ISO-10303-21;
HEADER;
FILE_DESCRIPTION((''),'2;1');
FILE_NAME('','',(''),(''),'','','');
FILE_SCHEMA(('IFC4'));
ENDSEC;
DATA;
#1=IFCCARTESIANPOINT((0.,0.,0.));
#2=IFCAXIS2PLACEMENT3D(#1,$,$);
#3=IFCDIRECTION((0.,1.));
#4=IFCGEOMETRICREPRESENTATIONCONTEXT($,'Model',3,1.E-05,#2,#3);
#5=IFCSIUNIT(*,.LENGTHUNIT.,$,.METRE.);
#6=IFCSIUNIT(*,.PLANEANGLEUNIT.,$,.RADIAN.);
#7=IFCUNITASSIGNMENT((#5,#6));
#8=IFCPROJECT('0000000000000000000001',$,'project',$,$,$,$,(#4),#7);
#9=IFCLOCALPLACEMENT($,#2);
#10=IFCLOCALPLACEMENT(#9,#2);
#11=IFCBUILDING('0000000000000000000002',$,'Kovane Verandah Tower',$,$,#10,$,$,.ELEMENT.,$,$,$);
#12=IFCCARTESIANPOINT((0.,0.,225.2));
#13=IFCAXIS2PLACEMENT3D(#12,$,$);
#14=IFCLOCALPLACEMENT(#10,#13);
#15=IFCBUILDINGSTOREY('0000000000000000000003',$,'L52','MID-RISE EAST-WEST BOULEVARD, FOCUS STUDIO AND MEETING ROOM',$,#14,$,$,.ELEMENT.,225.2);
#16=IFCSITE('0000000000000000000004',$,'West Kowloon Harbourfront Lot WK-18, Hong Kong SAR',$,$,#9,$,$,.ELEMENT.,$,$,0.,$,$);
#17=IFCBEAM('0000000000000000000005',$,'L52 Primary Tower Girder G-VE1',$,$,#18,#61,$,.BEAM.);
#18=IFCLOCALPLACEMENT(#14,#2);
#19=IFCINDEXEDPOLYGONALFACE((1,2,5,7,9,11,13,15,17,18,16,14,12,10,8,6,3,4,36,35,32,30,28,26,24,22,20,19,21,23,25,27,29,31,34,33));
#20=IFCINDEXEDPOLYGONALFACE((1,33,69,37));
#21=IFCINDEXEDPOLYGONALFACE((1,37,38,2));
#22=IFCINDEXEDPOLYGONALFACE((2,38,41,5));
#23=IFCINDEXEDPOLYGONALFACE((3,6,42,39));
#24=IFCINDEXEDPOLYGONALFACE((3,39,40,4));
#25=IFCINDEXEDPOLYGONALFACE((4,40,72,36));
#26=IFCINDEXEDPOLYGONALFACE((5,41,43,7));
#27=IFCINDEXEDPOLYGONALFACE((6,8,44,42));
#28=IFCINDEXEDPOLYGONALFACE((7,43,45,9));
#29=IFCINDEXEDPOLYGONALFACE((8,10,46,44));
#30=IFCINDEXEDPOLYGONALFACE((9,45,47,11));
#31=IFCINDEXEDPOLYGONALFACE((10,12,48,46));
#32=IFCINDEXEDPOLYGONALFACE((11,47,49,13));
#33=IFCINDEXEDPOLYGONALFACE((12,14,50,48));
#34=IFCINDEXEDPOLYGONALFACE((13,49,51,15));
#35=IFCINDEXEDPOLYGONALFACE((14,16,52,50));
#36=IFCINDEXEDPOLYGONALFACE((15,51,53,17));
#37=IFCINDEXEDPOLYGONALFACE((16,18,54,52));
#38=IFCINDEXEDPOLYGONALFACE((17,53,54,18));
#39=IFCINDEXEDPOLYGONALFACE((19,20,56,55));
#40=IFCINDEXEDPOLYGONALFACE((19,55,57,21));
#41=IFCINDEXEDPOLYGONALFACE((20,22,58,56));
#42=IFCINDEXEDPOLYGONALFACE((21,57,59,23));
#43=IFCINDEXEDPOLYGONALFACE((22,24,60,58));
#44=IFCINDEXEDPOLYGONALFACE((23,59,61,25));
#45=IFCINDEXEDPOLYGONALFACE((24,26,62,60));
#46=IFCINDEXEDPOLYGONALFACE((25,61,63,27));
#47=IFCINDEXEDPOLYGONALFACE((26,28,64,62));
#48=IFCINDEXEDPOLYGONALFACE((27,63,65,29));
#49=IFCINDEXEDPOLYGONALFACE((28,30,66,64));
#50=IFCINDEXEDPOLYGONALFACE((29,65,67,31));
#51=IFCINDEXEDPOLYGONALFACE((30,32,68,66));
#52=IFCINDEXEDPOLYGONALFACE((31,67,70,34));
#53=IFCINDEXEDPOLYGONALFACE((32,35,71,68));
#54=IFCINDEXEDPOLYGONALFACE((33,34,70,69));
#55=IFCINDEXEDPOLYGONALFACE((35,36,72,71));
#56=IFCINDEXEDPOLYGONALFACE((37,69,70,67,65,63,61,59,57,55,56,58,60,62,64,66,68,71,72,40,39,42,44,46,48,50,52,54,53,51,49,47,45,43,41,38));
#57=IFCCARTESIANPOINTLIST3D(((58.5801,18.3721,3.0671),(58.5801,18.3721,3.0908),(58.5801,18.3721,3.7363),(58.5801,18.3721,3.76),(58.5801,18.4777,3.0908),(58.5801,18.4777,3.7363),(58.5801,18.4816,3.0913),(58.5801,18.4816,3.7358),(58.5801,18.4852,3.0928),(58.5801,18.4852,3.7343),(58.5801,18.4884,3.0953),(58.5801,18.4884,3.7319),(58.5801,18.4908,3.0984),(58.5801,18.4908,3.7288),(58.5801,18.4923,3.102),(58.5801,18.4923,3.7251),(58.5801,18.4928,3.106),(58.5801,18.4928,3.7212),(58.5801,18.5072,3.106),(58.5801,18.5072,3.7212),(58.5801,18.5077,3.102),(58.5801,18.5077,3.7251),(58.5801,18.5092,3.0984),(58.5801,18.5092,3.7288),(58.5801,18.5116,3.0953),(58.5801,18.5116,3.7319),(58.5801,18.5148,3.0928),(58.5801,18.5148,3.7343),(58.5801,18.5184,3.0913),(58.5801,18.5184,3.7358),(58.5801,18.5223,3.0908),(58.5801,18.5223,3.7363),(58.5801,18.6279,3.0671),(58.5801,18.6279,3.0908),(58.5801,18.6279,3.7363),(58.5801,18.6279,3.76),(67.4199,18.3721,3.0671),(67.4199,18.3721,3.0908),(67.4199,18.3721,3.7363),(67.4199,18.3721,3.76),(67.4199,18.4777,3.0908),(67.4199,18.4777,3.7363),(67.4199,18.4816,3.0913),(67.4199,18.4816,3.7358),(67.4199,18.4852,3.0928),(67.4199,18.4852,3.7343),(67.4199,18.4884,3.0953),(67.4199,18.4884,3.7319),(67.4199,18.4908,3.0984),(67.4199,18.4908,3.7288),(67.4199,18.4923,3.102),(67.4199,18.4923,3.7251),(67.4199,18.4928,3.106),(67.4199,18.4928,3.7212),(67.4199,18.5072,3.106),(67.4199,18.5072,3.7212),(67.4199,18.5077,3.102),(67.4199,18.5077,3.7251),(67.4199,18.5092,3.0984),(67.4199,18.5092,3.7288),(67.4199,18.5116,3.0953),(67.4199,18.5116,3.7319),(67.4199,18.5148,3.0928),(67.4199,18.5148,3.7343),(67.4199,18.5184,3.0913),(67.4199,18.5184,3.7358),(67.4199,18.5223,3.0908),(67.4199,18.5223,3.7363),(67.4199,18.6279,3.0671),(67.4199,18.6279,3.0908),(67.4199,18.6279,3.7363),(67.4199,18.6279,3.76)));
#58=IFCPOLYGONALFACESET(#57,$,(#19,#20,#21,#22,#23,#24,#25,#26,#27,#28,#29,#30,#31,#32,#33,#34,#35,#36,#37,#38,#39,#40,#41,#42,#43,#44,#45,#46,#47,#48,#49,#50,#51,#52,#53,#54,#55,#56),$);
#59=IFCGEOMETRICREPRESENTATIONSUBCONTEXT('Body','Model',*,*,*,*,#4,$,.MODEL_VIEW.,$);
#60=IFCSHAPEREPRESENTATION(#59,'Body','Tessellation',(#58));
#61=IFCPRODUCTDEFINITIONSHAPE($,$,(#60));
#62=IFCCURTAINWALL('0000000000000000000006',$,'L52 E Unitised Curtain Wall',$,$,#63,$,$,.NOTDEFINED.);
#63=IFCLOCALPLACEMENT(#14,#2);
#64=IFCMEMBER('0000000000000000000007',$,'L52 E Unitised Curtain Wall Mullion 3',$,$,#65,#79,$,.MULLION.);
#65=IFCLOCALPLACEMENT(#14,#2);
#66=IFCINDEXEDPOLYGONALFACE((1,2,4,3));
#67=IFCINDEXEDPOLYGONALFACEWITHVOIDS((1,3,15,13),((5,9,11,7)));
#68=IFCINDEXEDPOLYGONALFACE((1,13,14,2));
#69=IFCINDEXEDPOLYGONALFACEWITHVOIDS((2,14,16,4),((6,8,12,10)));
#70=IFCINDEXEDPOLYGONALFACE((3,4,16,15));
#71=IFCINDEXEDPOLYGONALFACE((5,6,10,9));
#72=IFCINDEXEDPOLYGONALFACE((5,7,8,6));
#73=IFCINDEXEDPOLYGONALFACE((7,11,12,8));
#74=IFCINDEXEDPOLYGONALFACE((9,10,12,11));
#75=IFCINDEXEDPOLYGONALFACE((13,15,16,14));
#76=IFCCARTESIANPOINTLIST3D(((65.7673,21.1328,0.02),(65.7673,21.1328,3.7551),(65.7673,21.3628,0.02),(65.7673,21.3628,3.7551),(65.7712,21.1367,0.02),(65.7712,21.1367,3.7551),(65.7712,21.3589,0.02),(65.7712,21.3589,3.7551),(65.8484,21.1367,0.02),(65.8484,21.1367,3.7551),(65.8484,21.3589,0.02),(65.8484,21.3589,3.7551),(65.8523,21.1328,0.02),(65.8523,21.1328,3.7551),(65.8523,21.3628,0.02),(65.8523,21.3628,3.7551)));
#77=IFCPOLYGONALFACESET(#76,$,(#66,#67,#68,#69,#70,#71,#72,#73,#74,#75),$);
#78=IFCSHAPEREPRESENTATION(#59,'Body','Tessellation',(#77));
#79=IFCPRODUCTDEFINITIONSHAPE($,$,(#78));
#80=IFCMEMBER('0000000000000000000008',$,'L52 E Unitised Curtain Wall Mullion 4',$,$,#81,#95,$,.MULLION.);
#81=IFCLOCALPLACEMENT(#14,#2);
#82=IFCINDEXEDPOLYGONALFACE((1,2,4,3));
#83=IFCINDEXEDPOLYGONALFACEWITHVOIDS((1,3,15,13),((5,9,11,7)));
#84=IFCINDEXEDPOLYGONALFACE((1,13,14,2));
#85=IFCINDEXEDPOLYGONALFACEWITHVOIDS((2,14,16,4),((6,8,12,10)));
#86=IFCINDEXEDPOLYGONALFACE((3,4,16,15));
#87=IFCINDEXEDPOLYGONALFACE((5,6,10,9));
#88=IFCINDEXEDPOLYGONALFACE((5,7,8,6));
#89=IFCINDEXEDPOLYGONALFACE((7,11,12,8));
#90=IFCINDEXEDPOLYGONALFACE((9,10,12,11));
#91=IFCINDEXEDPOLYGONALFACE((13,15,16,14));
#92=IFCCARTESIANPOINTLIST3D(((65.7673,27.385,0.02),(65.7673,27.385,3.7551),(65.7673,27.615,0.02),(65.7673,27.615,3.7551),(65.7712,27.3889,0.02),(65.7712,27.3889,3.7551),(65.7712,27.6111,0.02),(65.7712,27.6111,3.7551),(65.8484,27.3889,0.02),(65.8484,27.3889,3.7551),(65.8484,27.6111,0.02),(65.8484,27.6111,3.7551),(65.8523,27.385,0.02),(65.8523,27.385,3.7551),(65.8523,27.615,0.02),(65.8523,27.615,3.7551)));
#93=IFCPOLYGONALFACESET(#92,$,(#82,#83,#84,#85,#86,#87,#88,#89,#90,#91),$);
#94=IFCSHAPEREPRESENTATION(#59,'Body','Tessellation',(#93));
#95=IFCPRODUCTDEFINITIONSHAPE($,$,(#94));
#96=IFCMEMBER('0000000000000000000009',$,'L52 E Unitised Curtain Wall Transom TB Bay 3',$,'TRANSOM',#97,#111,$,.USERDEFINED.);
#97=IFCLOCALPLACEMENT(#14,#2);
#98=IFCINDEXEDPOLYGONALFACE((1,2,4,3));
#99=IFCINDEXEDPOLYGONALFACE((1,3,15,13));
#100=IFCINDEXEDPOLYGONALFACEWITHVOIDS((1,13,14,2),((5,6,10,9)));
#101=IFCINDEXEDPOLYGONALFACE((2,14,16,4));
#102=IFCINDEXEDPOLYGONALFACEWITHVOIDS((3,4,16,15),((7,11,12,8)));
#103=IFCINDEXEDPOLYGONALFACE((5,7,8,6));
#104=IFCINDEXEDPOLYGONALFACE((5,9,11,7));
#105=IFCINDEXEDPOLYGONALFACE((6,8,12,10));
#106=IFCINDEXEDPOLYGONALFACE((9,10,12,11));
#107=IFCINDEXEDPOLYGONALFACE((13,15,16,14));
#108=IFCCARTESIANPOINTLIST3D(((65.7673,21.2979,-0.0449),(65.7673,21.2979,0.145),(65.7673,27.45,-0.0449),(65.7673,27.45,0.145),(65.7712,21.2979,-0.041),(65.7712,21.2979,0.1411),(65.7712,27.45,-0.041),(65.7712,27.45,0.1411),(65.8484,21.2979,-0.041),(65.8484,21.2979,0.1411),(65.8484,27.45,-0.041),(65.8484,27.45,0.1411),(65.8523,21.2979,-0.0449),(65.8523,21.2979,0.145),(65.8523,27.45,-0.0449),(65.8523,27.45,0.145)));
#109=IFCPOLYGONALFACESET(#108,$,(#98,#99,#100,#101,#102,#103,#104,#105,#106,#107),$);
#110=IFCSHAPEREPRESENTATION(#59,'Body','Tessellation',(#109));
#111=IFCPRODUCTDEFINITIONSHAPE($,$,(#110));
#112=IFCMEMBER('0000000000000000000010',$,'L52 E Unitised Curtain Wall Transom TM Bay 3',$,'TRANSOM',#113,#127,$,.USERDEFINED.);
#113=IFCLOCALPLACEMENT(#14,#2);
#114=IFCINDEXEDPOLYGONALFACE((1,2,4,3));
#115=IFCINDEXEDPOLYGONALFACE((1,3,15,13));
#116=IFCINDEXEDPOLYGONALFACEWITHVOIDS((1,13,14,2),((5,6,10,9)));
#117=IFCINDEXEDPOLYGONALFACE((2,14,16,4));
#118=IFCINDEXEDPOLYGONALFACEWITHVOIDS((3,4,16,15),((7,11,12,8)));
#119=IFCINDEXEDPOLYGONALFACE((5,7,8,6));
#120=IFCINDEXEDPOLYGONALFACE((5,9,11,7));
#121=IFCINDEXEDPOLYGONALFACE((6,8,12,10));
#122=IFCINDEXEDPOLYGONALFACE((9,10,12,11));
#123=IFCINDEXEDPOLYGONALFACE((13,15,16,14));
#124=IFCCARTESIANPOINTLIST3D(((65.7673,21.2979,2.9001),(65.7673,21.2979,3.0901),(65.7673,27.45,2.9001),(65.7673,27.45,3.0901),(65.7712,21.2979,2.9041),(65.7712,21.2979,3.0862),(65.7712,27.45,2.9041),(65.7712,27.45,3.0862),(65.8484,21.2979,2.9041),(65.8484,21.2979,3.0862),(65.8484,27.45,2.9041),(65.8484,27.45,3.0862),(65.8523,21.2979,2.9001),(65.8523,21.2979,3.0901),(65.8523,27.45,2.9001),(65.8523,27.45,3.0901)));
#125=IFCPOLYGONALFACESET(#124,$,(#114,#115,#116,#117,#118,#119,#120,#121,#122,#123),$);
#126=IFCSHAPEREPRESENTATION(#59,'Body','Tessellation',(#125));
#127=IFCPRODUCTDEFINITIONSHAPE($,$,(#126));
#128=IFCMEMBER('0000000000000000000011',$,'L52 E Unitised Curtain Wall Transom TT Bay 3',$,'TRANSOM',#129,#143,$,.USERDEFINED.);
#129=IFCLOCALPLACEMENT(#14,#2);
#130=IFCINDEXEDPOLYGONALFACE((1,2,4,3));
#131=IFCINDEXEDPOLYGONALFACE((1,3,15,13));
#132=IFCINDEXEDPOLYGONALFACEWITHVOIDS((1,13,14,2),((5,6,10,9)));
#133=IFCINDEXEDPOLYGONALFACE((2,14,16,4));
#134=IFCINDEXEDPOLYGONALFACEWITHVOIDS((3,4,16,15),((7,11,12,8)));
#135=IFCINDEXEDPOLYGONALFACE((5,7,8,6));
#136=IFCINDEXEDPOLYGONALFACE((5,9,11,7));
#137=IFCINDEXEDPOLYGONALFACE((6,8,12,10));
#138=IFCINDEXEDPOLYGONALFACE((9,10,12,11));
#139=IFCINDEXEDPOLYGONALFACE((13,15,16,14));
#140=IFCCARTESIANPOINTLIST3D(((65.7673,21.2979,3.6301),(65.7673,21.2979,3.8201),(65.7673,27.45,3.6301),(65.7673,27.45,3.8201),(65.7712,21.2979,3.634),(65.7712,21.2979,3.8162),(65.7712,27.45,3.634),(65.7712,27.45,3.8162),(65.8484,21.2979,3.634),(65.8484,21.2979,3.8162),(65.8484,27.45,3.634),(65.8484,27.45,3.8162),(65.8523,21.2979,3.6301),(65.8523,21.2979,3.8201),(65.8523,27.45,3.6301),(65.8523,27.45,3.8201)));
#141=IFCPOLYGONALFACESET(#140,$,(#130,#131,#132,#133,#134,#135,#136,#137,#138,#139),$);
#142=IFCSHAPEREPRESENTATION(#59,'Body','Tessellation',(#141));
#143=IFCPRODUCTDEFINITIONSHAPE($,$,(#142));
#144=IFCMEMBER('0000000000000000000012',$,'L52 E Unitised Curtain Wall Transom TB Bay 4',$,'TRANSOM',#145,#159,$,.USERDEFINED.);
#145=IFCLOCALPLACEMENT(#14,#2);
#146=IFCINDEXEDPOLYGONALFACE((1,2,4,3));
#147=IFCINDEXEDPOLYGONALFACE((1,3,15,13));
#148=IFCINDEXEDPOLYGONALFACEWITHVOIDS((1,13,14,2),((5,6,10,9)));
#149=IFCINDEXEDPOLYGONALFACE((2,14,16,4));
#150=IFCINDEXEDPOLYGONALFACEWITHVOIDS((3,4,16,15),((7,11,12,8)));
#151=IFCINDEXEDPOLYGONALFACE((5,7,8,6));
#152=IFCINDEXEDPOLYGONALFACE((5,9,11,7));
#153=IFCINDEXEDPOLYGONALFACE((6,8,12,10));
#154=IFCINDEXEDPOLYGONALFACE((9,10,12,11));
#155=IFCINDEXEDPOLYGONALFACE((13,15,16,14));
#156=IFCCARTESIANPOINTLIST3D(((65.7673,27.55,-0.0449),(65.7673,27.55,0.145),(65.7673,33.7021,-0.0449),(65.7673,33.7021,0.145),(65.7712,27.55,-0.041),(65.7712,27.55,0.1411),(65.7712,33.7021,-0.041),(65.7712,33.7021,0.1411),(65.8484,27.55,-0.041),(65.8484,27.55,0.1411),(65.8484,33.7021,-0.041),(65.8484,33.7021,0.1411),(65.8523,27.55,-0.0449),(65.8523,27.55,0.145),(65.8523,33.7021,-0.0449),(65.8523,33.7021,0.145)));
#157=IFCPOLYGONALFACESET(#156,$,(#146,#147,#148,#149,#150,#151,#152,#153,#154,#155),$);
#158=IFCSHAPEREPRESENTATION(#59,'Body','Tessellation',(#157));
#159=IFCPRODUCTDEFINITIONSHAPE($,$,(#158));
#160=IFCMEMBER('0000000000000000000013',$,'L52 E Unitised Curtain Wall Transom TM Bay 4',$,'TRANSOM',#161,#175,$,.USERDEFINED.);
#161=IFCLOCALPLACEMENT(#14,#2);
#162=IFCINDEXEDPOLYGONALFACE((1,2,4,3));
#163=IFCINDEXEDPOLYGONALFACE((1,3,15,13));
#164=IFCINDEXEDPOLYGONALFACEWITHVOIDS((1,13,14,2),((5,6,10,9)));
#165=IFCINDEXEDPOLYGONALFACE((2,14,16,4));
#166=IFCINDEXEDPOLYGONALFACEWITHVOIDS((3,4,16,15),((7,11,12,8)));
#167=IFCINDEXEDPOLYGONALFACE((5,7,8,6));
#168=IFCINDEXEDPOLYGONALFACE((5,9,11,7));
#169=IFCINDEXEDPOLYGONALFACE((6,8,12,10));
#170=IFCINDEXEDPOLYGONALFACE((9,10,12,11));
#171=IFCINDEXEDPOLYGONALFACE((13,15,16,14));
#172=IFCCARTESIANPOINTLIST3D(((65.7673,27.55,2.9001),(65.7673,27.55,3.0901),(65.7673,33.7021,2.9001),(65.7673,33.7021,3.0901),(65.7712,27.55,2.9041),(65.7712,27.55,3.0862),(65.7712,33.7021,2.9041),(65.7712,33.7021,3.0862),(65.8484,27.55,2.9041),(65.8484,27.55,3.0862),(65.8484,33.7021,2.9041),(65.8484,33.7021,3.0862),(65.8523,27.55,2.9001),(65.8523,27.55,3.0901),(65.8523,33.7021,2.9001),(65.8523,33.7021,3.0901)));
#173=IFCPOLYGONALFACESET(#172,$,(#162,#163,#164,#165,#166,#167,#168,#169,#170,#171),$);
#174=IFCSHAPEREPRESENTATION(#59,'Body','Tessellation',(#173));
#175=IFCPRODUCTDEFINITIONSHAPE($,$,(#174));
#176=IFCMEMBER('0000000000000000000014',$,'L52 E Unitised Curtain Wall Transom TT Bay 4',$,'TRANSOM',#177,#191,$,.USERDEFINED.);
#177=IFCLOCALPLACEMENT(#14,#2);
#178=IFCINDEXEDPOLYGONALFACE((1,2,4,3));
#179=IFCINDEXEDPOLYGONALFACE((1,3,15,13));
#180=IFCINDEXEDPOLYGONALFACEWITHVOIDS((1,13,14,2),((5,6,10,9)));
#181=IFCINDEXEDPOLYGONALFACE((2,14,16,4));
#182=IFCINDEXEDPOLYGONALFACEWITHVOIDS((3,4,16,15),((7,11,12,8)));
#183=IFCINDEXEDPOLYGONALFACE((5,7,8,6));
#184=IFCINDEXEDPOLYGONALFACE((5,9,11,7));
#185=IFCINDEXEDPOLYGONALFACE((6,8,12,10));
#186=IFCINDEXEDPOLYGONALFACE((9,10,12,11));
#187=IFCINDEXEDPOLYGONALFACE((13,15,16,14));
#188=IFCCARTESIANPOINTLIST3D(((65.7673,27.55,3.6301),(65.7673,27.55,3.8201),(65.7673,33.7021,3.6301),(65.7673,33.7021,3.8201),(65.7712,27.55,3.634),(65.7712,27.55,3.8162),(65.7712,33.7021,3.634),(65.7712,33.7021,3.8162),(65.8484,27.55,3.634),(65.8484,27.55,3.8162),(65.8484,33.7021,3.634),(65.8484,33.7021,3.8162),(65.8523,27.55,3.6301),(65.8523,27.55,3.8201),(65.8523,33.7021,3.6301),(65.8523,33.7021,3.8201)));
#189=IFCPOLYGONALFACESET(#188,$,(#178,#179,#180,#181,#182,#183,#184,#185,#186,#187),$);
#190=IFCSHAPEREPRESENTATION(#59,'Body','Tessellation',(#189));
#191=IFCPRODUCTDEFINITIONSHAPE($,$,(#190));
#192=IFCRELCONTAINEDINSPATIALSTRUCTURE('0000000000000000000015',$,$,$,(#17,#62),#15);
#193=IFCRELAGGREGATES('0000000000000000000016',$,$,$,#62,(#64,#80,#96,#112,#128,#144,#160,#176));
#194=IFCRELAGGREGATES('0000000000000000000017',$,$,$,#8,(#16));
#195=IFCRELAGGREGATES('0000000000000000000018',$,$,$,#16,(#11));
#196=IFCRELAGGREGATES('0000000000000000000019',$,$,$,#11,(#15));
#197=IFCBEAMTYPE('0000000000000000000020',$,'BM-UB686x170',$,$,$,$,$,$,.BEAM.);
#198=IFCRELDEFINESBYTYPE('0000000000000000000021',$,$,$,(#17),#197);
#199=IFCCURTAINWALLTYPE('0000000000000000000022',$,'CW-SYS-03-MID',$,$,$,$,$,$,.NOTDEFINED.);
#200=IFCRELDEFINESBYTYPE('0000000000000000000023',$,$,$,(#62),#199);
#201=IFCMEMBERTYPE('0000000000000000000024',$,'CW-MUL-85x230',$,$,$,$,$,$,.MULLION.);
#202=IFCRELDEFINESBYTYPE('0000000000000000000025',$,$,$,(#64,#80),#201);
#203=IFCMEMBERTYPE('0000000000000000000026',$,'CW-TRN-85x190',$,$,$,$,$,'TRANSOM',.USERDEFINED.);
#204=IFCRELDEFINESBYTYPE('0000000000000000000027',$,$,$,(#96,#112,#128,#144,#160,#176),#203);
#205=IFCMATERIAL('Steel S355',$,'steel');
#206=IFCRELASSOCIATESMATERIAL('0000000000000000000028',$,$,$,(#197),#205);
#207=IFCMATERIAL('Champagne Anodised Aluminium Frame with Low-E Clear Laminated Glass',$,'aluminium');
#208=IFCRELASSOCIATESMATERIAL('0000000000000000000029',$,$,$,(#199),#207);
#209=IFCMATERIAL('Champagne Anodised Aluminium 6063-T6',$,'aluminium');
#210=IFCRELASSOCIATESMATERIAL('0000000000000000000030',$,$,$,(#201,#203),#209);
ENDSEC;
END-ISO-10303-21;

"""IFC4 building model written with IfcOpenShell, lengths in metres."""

from ifc_helpers import new_model, si_unit, direction, frame, origin, origin_2d, place, context, subcontext, project, spatial, hollow_rectangle, i_section, extrude, material, material_profile, profile_set, type_object, element, aggregate, save


model = new_model("IFC4")

# Units and contexts
model_context = context("Model", 3, precision=1e-05, world=origin(), true_north=direction((0.0, 1.0)))
body_context = subcontext(model_context, "Body", "Model", "MODEL_VIEW")
ifc_project = project(units=[si_unit("LENGTHUNIT", "METRE"), si_unit("PLANEANGLEUNIT", "RADIAN")], contexts=[model_context])

# Site, building, storey
site_placement = place(None, origin())
site = spatial("IfcSite", under=ifc_project, at=site_placement, Name="West Kowloon Harbourfront Lot WK-18, Hong Kong SAR", CompositionType="ELEMENT", RefElevation=0.0)
building_placement = place(site_placement, origin())
building = spatial("IfcBuilding", under=site, at=building_placement, Name="Kovane Verandah Tower", CompositionType="ELEMENT")
storey_placement = place(building_placement, frame((0.0, 0.0, 225.2)))
storey = spatial("IfcBuildingStorey", under=building, at=storey_placement, Name="L52", Description="MID-RISE EAST-WEST BOULEVARD, FOCUS STUDIO AND MEETING ROOM", CompositionType="ELEMENT", Elevation=225.2)

# Beam
ifc_material_1 = material(Name="Steel S355", Category="steel")
ifc_material_profile_1 = material_profile(ifc_material_1, i_section(OverallWidth=0.2559, OverallDepth=0.6929, WebThickness=0.0144, FlangeThickness=0.0237, FilletRadius=0.0151, at=origin_2d()), Name="UB686x254x170")
ifc_profile_set_1 = profile_set([ifc_material_profile_1], Name="Steel S355")
beam_type_1 = type_object("IfcBeamType", Name="BM-UB686x170", PredefinedType="BEAM", material=ifc_profile_set_1)
beam_1_placement = place(storey_placement, frame((58.5801, 18.5, 3.4136), z_axis=(1.0, 0.0, 0.0), x_axis=(0.0, 1.0, 0.0)))
element("IfcBeam", 1, at=beam_1_placement, inside=storey, type_object=beam_type_1, Name="L52 Primary Tower Girder G-VE1", PredefinedType="BEAM", context=body_context, shape_type="SweptSolid", body=[
    extrude(i_section(OverallWidth=0.2559, OverallDepth=0.6929, WebThickness=0.0144, FlangeThickness=0.0237, FilletRadius=0.0151, at=origin_2d()), origin(), (0.0, 0.0, 1.0), 8.8398),
])

# Curtain wall, members
ifc_material_2 = material(Name="Champagne Anodised Aluminium Frame with Low-E Clear Laminated Glass", Category="aluminium")
curtain_wall_type = type_object("IfcCurtainWallType", Name="CW-SYS-03-MID", PredefinedType="NOTDEFINED", material=ifc_material_2)
curtain_wall_placement = place(storey_placement, origin())
curtain_wall = element("IfcCurtainWall", 2, at=curtain_wall_placement, inside=storey, type_object=curtain_wall_type, Name="L52 E Unitised Curtain Wall", PredefinedType="NOTDEFINED")
ifc_material_3 = material(Name="Champagne Anodised Aluminium 6063-T6", Category="aluminium")
ifc_material_profile_2 = material_profile(ifc_material_3, hollow_rectangle(XDim=0.085, YDim=0.23, WallThickness=0.0039, at=origin_2d()), Name="AL85x230x4")
ifc_profile_set_2 = profile_set([ifc_material_profile_2], Name="Champagne Anodised Aluminium 6063-T6")
member_type_1 = type_object("IfcMemberType", Name="CW-MUL-85x230", PredefinedType="MULLION", material=ifc_profile_set_2)
member_1_placement = place(storey_placement, frame((65.8098, 21.2478, 0.02), z_axis=(0.0, 0.0, 1.0), x_axis=(1.0, 0.0, 0.0)))
member_1 = element("IfcMember", 3, at=member_1_placement, type_object=member_type_1, Name="L52 E Unitised Curtain Wall Mullion 3", PredefinedType="MULLION", context=body_context, shape_type="SweptSolid", body=[
    extrude(hollow_rectangle(XDim=0.085, YDim=0.23, WallThickness=0.0039, at=origin_2d()), origin(), (0.0, 0.0, 1.0), 3.7351),
])
member_2_placement = place(storey_placement, frame((65.8098, 27.5, 0.02), z_axis=(0.0, 0.0, 1.0), x_axis=(1.0, 0.0, 0.0)))
member_2 = element("IfcMember", 4, at=member_2_placement, type_object=member_type_1, Name="L52 E Unitised Curtain Wall Mullion 4", PredefinedType="MULLION", context=body_context, shape_type="SweptSolid", body=[
    extrude(hollow_rectangle(XDim=0.085, YDim=0.23, WallThickness=0.0039, at=origin_2d()), origin(), (0.0, 0.0, 1.0), 3.7351),
])
ifc_material_profile_3 = material_profile(ifc_material_3, hollow_rectangle(XDim=0.085, YDim=0.1899, WallThickness=0.0039, at=origin_2d()), Name="AL85x190x4")
ifc_profile_set_3 = profile_set([ifc_material_profile_3], Name="Champagne Anodised Aluminium 6063-T6")
member_type_2 = type_object("IfcMemberType", Name="CW-TRN-85x190", ElementType="TRANSOM", PredefinedType="USERDEFINED", material=ifc_profile_set_3)
member_3_placement = place(storey_placement, frame((65.8098, 21.2979, 0.05), z_axis=(0.0, 1.0, 0.0), x_axis=(-1.0, 0.0, 0.0)))
member_3 = element("IfcMember", 5, at=member_3_placement, type_object=member_type_2, Name="L52 E Unitised Curtain Wall Transom TB Bay 3", ObjectType="TRANSOM", PredefinedType="USERDEFINED", context=body_context, shape_type="SweptSolid", body=[
    extrude(hollow_rectangle(XDim=0.085, YDim=0.1899, WallThickness=0.0039, at=origin_2d()), origin(), (0.0, 0.0, 1.0), 6.1521),
])
member_4_placement = place(storey_placement, frame((65.8098, 21.2979, 2.9951), z_axis=(0.0, 1.0, 0.0), x_axis=(-1.0, 0.0, 0.0)))
member_4 = element("IfcMember", 6, at=member_4_placement, type_object=member_type_2, Name="L52 E Unitised Curtain Wall Transom TM Bay 3", ObjectType="TRANSOM", PredefinedType="USERDEFINED", context=body_context, shape_type="SweptSolid", body=[
    extrude(hollow_rectangle(XDim=0.085, YDim=0.1899, WallThickness=0.0039, at=origin_2d()), origin(), (0.0, 0.0, 1.0), 6.1521),
])
member_5_placement = place(storey_placement, frame((65.8098, 21.2979, 3.7251), z_axis=(0.0, 1.0, 0.0), x_axis=(-1.0, 0.0, 0.0)))
member_5 = element("IfcMember", 7, at=member_5_placement, type_object=member_type_2, Name="L52 E Unitised Curtain Wall Transom TT Bay 3", ObjectType="TRANSOM", PredefinedType="USERDEFINED", context=body_context, shape_type="SweptSolid", body=[
    extrude(hollow_rectangle(XDim=0.085, YDim=0.1899, WallThickness=0.0039, at=origin_2d()), origin(), (0.0, 0.0, 1.0), 6.1521),
])
member_6_placement = place(storey_placement, frame((65.8098, 27.55, 0.05), z_axis=(0.0, 1.0, 0.0), x_axis=(-1.0, 0.0, 0.0)))
member_6 = element("IfcMember", 8, at=member_6_placement, type_object=member_type_2, Name="L52 E Unitised Curtain Wall Transom TB Bay 4", ObjectType="TRANSOM", PredefinedType="USERDEFINED", context=body_context, shape_type="SweptSolid", body=[
    extrude(hollow_rectangle(XDim=0.085, YDim=0.1899, WallThickness=0.0039, at=origin_2d()), origin(), (0.0, 0.0, 1.0), 6.1521),
])
member_7_placement = place(storey_placement, frame((65.8098, 27.55, 2.9951), z_axis=(0.0, 1.0, 0.0), x_axis=(-1.0, 0.0, 0.0)))
member_7 = element("IfcMember", 9, at=member_7_placement, type_object=member_type_2, Name="L52 E Unitised Curtain Wall Transom TM Bay 4", ObjectType="TRANSOM", PredefinedType="USERDEFINED", context=body_context, shape_type="SweptSolid", body=[
    extrude(hollow_rectangle(XDim=0.085, YDim=0.1899, WallThickness=0.0039, at=origin_2d()), origin(), (0.0, 0.0, 1.0), 6.1521),
])
member_8_placement = place(storey_placement, frame((65.8098, 27.55, 3.7251), z_axis=(0.0, 1.0, 0.0), x_axis=(-1.0, 0.0, 0.0)))
member_8 = element("IfcMember", 10, at=member_8_placement, type_object=member_type_2, Name="L52 E Unitised Curtain Wall Transom TT Bay 4", ObjectType="TRANSOM", PredefinedType="USERDEFINED", context=body_context, shape_type="SweptSolid", body=[
    extrude(hollow_rectangle(XDim=0.085, YDim=0.1899, WallThickness=0.0039, at=origin_2d()), origin(), (0.0, 0.0, 1.0), 6.1521),
])

aggregate(curtain_wall, [member_1, member_2, member_3, member_4, member_5, member_6, member_7, member_8])

save(model, "model.ifc")
